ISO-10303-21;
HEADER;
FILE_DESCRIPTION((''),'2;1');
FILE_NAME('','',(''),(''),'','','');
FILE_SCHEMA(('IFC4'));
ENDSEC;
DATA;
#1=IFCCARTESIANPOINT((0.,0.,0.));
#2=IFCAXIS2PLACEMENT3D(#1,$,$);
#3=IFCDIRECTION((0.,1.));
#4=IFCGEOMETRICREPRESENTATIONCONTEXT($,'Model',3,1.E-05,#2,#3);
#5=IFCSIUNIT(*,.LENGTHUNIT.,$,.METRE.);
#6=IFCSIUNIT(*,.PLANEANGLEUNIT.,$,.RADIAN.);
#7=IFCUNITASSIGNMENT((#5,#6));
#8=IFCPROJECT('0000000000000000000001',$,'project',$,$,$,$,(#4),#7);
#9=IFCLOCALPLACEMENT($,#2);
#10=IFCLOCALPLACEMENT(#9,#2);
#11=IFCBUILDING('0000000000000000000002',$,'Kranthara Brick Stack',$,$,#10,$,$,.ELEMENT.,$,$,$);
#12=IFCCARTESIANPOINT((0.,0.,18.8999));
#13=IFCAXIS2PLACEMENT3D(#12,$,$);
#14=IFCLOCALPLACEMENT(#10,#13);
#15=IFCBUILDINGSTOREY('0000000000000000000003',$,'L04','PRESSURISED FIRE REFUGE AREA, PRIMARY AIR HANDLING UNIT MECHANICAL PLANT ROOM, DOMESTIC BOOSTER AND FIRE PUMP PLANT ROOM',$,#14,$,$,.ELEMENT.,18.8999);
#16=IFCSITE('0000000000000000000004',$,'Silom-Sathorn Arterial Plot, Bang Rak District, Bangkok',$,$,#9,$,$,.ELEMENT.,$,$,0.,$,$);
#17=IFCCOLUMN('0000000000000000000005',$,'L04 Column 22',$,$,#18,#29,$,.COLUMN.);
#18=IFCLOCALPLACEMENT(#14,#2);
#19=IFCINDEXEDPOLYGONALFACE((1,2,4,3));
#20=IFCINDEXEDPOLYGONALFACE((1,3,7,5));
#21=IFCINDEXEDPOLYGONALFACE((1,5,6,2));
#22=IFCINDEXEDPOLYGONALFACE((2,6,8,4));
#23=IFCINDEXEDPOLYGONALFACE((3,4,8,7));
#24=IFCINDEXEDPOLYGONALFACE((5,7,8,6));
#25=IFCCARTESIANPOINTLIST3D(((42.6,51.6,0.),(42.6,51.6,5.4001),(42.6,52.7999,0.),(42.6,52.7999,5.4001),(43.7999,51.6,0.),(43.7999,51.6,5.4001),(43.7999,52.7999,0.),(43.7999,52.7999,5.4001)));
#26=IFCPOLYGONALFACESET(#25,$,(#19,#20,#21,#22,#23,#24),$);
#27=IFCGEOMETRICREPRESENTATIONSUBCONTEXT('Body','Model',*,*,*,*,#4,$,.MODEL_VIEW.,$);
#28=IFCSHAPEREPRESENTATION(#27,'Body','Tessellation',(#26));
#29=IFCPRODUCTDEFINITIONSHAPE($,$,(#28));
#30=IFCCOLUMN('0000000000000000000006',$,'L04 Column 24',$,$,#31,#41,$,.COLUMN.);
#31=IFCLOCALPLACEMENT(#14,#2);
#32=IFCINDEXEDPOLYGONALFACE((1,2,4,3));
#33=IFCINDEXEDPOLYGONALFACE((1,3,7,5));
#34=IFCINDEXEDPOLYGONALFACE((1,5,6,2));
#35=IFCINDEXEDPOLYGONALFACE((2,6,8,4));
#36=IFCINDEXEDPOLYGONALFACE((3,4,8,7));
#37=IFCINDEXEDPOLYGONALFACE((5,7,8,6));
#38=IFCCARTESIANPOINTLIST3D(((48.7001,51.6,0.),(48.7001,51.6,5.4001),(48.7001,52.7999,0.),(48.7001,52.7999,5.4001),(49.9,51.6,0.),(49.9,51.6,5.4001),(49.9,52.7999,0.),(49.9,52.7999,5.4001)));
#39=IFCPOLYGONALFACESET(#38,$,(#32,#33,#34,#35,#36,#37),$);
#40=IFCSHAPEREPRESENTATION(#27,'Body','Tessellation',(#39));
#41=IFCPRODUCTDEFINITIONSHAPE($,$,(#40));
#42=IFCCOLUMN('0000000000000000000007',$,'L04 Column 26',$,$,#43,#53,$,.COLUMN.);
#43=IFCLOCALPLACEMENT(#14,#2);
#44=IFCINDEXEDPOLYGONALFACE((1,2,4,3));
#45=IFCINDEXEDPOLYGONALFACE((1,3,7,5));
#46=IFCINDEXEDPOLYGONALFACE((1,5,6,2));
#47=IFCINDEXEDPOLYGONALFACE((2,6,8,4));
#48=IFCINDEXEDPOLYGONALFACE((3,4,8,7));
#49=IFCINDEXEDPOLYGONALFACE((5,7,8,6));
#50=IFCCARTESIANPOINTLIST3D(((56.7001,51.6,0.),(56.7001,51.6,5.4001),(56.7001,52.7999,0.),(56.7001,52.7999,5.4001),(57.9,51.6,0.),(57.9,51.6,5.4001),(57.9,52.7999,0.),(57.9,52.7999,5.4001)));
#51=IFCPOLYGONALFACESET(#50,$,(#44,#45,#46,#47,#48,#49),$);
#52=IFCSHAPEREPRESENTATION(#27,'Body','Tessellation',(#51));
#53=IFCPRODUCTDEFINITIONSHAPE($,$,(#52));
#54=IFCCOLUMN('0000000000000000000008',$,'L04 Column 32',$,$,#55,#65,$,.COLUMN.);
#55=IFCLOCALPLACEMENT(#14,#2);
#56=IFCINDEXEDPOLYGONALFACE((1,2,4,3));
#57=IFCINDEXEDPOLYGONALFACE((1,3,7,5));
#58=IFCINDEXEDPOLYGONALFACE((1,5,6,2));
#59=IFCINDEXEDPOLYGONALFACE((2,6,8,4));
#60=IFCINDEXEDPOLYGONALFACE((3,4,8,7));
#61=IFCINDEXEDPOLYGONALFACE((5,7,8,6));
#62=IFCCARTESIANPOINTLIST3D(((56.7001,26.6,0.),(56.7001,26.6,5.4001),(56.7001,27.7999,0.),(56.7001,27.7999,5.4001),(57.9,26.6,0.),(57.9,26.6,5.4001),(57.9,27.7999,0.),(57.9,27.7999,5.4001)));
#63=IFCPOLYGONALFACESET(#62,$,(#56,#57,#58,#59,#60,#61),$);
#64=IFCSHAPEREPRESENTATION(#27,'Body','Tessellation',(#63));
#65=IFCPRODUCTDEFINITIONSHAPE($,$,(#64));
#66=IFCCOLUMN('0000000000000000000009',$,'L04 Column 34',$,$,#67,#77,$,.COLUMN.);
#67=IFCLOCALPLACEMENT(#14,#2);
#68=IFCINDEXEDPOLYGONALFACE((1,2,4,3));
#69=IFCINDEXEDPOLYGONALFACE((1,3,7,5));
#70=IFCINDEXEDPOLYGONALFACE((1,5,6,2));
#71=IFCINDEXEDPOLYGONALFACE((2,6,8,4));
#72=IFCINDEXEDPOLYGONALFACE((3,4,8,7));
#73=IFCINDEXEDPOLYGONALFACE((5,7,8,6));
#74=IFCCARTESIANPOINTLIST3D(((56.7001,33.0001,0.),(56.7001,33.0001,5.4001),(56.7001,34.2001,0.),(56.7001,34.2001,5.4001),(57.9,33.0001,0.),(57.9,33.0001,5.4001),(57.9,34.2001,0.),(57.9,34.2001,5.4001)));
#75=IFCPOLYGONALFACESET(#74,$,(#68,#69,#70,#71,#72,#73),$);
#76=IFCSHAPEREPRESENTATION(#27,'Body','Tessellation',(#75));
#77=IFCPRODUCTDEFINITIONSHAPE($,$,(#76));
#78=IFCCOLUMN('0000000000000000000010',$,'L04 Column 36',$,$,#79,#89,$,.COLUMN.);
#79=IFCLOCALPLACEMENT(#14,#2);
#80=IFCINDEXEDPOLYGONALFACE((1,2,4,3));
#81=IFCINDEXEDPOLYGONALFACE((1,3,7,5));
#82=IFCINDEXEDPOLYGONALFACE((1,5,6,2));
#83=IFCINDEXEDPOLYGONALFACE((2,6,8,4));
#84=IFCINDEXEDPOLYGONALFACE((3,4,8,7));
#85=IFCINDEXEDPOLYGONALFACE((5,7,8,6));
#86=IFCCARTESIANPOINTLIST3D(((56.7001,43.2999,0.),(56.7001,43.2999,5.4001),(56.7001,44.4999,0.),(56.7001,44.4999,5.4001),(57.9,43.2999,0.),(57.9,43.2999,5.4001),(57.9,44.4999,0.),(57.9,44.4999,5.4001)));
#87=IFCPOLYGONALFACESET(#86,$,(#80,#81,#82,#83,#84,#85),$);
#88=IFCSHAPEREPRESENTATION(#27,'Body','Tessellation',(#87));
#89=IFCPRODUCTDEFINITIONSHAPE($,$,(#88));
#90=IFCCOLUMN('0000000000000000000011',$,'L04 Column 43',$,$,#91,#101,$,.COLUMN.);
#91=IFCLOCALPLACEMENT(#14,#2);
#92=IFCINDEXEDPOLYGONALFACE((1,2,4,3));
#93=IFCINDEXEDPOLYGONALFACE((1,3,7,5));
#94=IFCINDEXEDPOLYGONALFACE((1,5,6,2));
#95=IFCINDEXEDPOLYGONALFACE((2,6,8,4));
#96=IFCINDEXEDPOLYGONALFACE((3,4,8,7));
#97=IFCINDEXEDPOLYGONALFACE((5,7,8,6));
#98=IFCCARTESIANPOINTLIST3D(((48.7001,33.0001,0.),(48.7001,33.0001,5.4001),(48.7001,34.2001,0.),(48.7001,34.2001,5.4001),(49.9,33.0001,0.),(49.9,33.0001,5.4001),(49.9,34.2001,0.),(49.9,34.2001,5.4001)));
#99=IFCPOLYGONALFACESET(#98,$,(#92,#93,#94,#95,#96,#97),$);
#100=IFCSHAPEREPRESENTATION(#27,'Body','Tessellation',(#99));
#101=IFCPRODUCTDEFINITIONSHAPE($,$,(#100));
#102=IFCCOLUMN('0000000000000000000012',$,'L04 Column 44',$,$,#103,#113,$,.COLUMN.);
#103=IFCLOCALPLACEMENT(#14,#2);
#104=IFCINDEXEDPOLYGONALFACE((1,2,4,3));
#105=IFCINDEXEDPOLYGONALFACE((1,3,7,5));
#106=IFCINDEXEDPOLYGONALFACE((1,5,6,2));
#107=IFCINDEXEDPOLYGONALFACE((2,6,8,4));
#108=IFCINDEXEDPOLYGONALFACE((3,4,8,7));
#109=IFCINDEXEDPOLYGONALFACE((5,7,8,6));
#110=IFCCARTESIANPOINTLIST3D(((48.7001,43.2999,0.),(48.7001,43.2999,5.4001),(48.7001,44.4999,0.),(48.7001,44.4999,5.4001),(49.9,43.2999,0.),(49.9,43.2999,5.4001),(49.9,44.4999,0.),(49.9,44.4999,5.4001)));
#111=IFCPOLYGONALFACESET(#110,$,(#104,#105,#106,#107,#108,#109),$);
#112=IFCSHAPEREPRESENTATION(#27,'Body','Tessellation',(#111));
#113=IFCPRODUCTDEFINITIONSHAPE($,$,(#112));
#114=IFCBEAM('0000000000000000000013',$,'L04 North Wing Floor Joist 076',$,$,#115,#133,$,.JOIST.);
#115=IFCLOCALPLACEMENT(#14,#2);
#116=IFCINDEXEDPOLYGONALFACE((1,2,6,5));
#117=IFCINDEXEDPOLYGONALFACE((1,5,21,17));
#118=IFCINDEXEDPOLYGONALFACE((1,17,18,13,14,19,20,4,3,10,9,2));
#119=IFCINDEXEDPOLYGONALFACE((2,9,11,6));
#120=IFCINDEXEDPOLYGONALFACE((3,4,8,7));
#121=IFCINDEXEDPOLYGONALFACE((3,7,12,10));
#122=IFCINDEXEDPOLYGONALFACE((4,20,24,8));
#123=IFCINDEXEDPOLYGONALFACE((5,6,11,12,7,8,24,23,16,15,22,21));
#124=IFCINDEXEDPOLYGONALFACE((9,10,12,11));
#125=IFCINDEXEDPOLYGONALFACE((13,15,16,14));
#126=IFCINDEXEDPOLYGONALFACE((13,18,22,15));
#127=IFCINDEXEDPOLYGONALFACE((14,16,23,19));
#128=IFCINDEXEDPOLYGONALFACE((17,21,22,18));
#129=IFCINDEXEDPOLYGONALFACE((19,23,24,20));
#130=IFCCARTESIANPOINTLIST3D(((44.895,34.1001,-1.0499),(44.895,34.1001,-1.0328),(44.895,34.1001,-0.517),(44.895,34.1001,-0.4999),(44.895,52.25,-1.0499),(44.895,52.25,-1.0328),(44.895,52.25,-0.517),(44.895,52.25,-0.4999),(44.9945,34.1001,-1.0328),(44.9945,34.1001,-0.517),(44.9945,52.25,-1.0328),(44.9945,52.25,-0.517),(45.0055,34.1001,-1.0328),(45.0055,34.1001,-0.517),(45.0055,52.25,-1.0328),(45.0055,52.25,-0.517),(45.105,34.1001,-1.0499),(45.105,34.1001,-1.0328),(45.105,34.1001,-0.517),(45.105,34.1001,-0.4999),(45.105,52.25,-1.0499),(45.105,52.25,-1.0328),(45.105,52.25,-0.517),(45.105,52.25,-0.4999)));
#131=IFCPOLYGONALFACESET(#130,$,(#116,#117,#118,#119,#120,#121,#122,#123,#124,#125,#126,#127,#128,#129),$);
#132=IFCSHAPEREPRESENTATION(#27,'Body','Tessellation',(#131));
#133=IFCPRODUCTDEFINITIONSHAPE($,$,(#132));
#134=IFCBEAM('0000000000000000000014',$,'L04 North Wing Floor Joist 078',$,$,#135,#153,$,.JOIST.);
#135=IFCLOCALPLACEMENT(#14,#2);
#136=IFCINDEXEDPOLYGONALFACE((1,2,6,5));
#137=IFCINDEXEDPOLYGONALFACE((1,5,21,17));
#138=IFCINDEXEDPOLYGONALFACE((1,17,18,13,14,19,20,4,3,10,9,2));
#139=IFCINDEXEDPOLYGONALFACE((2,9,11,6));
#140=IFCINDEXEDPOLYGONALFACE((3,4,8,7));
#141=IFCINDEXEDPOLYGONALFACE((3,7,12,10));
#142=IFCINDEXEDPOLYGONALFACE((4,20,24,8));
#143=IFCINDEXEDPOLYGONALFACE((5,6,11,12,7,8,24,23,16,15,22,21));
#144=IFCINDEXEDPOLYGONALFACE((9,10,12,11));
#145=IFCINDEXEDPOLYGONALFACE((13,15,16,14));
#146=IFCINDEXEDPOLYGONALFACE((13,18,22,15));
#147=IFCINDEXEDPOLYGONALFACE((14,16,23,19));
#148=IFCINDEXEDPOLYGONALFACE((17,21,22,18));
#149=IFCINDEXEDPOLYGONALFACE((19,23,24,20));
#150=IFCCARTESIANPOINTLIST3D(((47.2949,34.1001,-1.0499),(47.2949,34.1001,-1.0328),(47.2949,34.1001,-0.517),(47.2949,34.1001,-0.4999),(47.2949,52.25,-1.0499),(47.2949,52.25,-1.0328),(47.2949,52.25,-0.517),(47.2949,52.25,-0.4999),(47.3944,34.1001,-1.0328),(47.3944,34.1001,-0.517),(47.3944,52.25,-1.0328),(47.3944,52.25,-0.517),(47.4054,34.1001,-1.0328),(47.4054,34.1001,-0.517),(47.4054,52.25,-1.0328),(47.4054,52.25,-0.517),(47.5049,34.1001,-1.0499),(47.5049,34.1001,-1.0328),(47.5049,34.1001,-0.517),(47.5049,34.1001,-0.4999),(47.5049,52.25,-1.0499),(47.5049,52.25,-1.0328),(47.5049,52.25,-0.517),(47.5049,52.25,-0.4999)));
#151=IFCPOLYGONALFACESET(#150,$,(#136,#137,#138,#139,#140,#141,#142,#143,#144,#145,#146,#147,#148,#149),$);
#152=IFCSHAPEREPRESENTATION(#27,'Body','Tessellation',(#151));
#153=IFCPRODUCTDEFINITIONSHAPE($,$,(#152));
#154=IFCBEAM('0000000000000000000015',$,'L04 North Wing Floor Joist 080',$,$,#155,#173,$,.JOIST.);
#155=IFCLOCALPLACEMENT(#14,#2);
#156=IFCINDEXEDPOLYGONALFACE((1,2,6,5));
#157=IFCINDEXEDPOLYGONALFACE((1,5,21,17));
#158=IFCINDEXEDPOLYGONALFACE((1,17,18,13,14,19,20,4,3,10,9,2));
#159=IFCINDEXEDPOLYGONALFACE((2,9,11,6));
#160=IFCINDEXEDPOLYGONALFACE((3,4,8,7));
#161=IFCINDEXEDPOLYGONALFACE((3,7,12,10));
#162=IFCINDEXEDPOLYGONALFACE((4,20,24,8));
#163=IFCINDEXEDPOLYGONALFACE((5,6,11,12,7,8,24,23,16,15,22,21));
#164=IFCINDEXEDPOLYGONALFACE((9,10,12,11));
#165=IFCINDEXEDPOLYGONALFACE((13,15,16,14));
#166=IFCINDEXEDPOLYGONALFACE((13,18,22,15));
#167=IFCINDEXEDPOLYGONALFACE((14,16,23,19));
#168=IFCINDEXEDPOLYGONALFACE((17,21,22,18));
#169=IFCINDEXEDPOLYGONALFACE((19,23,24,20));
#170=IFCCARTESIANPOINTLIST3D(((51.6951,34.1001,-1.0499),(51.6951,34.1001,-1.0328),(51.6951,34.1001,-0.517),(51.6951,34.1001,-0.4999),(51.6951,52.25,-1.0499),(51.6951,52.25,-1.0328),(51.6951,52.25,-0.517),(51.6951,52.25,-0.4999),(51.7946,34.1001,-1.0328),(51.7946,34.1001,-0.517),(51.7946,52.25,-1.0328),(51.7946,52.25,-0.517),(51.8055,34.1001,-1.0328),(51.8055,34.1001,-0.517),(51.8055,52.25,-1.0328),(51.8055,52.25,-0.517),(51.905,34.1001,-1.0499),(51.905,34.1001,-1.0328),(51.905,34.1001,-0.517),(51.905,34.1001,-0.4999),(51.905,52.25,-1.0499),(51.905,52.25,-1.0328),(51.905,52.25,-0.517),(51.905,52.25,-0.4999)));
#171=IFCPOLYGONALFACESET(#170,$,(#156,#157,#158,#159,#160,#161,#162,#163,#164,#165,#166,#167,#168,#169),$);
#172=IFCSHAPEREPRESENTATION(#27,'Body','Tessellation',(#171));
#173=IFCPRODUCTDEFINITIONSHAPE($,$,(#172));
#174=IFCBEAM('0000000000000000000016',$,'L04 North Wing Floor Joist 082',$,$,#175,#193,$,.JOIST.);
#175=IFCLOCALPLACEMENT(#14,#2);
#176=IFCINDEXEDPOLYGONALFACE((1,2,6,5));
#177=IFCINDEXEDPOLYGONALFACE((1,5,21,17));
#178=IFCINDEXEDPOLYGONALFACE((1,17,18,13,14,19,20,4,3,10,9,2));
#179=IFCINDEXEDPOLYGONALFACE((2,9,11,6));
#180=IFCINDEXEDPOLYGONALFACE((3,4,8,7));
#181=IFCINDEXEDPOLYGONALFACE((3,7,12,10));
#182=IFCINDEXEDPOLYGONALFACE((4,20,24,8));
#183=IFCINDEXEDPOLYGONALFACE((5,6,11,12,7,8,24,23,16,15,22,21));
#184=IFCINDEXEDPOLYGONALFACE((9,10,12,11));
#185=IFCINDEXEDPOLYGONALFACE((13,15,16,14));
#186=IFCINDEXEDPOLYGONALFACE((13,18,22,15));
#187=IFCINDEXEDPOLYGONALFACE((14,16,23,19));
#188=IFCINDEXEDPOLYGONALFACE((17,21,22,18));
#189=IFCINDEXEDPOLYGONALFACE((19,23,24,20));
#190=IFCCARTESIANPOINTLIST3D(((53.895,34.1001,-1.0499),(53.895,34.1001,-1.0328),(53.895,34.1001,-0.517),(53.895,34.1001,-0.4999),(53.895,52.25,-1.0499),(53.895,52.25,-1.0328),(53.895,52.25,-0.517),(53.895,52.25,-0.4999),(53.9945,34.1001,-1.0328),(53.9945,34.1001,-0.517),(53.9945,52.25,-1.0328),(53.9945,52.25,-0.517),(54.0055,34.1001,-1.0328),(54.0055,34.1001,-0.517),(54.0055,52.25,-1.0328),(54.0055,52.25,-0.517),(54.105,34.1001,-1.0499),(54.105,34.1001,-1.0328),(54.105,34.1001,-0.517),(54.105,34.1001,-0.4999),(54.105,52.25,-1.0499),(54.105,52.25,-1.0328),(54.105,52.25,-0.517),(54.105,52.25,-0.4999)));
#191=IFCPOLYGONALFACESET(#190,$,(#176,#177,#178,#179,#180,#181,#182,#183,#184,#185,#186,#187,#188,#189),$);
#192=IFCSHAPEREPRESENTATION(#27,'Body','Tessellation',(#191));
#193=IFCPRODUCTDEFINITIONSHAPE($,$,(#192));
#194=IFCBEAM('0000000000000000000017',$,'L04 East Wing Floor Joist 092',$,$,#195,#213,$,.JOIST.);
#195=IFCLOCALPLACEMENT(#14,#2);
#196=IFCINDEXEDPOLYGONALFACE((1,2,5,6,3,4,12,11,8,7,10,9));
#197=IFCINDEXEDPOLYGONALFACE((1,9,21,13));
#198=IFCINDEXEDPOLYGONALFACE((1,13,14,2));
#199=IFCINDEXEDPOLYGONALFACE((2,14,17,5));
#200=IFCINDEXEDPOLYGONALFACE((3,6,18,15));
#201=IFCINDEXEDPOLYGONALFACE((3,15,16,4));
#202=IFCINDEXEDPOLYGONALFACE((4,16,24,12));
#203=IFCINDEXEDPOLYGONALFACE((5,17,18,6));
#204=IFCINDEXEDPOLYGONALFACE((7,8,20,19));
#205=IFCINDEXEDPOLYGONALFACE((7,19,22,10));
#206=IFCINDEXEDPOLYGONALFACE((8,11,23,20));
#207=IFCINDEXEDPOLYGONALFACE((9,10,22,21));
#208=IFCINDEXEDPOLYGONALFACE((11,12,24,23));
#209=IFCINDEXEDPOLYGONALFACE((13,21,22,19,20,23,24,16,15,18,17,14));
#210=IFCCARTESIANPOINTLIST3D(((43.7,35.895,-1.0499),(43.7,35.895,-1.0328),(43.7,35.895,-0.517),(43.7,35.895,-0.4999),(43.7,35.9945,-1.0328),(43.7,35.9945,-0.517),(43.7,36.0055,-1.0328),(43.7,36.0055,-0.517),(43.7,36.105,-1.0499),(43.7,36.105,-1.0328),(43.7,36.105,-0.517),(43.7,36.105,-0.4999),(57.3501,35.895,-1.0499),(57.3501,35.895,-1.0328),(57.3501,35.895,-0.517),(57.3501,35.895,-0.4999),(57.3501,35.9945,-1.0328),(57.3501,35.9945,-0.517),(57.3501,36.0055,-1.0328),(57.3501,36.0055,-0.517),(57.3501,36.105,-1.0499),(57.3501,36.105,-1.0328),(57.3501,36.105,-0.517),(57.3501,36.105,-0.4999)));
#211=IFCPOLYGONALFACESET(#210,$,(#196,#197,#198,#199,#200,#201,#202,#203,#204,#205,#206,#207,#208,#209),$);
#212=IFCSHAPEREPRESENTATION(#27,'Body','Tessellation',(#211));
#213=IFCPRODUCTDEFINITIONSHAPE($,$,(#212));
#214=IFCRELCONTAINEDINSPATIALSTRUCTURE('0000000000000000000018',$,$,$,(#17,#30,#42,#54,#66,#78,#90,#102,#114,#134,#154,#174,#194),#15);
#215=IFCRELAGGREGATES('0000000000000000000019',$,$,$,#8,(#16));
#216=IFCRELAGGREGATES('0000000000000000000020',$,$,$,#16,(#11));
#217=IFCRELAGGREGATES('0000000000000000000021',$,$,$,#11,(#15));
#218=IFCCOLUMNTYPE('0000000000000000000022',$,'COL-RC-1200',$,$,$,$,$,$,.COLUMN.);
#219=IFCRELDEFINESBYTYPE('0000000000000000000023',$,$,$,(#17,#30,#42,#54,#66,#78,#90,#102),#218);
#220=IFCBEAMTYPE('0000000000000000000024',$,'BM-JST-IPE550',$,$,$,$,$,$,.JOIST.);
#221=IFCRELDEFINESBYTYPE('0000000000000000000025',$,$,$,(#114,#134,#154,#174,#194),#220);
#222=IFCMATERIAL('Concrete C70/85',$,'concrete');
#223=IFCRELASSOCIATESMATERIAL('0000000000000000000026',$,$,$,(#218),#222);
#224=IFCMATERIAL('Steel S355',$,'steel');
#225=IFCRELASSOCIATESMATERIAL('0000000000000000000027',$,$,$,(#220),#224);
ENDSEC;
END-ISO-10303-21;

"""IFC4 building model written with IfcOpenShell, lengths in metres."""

from ifc_helpers import new_model, si_unit, direction, frame, origin, origin_2d, place, context, subcontext, project, spatial, rectangle, i_section, extrude, material, material_profile, profile_set, type_object, element, save


model = new_model("IFC4")

# Units and contexts
model_context = context("Model", 3, precision=1e-05, world=origin(), true_north=direction((0.0, 1.0)))
body_context = subcontext(model_context, "Body", "Model", "MODEL_VIEW")
ifc_project = project(units=[si_unit("LENGTHUNIT", "METRE"), si_unit("PLANEANGLEUNIT", "RADIAN")], contexts=[model_context])

# Site, building, storey
site_placement = place(None, origin())
site = spatial("IfcSite", under=ifc_project, at=site_placement, Name="Silom-Sathorn Arterial Plot, Bang Rak District, Bangkok", CompositionType="ELEMENT", RefElevation=0.0)
building_placement = place(site_placement, origin())
building = spatial("IfcBuilding", under=site, at=building_placement, Name="Kranthara Brick Stack", CompositionType="ELEMENT")
storey_placement = place(building_placement, frame((0.0, 0.0, 18.8999)))
storey = spatial("IfcBuildingStorey", under=building, at=storey_placement, Name="L04", Description="PRESSURISED FIRE REFUGE AREA, PRIMARY AIR HANDLING UNIT MECHANICAL PLANT ROOM, DOMESTIC BOOSTER AND FIRE PUMP PLANT ROOM", CompositionType="ELEMENT", Elevation=18.8999)

# Columns
ifc_material_1 = material(Name="Concrete C70/85", Category="concrete")
ifc_material_profile_1 = material_profile(ifc_material_1, rectangle(XDim=1.2, YDim=1.2, at=origin_2d()), Name="RC 1200x1200")
ifc_profile_set_1 = profile_set([ifc_material_profile_1], Name="Concrete C70/85")
column_type = type_object("IfcColumnType", Name="COL-RC-1200", PredefinedType="COLUMN", material=ifc_profile_set_1)
for number, where, z_axis, x_axis, name in (
    (1, (43.2, 52.2, 0.0), (0.0, 0.0, 1.0), (1.0, 0.0, 0.0), "L04 Column 22"),
    (2, (49.3, 52.2, 0.0), (0.0, 0.0, 1.0), (1.0, 0.0, 0.0), "L04 Column 24"),
    (3, (57.3, 52.2, 0.0), (0.0, 0.0, 1.0), (1.0, 0.0, 0.0), "L04 Column 26"),
    (4, (57.3, 27.2, 0.0), (0.0, 0.0, 1.0), (1.0, 0.0, 0.0), "L04 Column 32"),
    (5, (57.3, 33.6001, 0.0), (0.0, 0.0, 1.0), (1.0, 0.0, 0.0), "L04 Column 34"),
    (6, (57.3, 43.8999, 0.0), (0.0, 0.0, 1.0), (1.0, 0.0, 0.0), "L04 Column 36"),
    (7, (49.3, 33.6001, 0.0), (0.0, 0.0, 1.0), (1.0, 0.0, 0.0), "L04 Column 43"),
    (8, (49.3, 43.8999, 0.0), (0.0, 0.0, 1.0), (1.0, 0.0, 0.0), "L04 Column 44"),
):
    element("IfcColumn", number, at=place(storey_placement, frame(where, z_axis=z_axis, x_axis=x_axis)), inside=storey, type_object=column_type, Name=name, PredefinedType="COLUMN", context=body_context, shape_type="SweptSolid", body=[
        extrude(rectangle(XDim=1.2, YDim=1.2, at=origin_2d()), origin(), (0.0, 0.0, 1.0), 5.4001),
    ])

# Beams
ifc_material_2 = material(Name="Steel S355", Category="steel")
ifc_material_profile_2 = material_profile(ifc_material_2, i_section(OverallWidth=0.21, OverallDepth=0.55, WebThickness=0.011, FlangeThickness=0.0171, at=origin_2d()), Name="IPE 550")
ifc_profile_set_2 = profile_set([ifc_material_profile_2], Name="Steel S355")
beam_type_1 = type_object("IfcBeamType", Name="BM-JST-IPE550", PredefinedType="JOIST", material=ifc_profile_set_2)
for number, where, z_axis, x_axis, name in (
    (9, (45.0, 34.1001, -0.7749), (0.0, 1.0, 0.0), (-1.0, 0.0, 0.0), "L04 North Wing Floor Joist 076"),
    (10, (47.3999, 34.1001, -0.7749), (0.0, 1.0, 0.0), (-1.0, 0.0, 0.0), "L04 North Wing Floor Joist 078"),
    (11, (51.8, 34.1001, -0.7749), (0.0, 1.0, 0.0), (-1.0, 0.0, 0.0), "L04 North Wing Floor Joist 080"),
    (12, (54.0, 34.1001, -0.7749), (0.0, 1.0, 0.0), (-1.0, 0.0, 0.0), "L04 North Wing Floor Joist 082"),
):
    element("IfcBeam", number, at=place(storey_placement, frame(where, z_axis=z_axis, x_axis=x_axis)), inside=storey, type_object=beam_type_1, Name=name, PredefinedType="JOIST", context=body_context, shape_type="SweptSolid", body=[
        extrude(i_section(OverallWidth=0.21, OverallDepth=0.55, WebThickness=0.011, FlangeThickness=0.0171, at=origin_2d()), origin(), (0.0, 0.0, 1.0), 18.1499),
    ])
for number, where, z_axis, x_axis, name in (
    (13, (43.7, 36.0, -0.7749), (1.0, 0.0, 0.0), (0.0, 1.0, 0.0), "L04 East Wing Floor Joist 092"),
):
    element("IfcBeam", number, at=place(storey_placement, frame(where, z_axis=z_axis, x_axis=x_axis)), inside=storey, type_object=beam_type_1, Name=name, PredefinedType="JOIST", context=body_context, shape_type="SweptSolid", body=[
        extrude(i_section(OverallWidth=0.21, OverallDepth=0.55, WebThickness=0.011, FlangeThickness=0.0171, at=origin_2d()), origin(), (0.0, 0.0, 1.0), 13.6501),
    ])

save(model, "model.ifc")
